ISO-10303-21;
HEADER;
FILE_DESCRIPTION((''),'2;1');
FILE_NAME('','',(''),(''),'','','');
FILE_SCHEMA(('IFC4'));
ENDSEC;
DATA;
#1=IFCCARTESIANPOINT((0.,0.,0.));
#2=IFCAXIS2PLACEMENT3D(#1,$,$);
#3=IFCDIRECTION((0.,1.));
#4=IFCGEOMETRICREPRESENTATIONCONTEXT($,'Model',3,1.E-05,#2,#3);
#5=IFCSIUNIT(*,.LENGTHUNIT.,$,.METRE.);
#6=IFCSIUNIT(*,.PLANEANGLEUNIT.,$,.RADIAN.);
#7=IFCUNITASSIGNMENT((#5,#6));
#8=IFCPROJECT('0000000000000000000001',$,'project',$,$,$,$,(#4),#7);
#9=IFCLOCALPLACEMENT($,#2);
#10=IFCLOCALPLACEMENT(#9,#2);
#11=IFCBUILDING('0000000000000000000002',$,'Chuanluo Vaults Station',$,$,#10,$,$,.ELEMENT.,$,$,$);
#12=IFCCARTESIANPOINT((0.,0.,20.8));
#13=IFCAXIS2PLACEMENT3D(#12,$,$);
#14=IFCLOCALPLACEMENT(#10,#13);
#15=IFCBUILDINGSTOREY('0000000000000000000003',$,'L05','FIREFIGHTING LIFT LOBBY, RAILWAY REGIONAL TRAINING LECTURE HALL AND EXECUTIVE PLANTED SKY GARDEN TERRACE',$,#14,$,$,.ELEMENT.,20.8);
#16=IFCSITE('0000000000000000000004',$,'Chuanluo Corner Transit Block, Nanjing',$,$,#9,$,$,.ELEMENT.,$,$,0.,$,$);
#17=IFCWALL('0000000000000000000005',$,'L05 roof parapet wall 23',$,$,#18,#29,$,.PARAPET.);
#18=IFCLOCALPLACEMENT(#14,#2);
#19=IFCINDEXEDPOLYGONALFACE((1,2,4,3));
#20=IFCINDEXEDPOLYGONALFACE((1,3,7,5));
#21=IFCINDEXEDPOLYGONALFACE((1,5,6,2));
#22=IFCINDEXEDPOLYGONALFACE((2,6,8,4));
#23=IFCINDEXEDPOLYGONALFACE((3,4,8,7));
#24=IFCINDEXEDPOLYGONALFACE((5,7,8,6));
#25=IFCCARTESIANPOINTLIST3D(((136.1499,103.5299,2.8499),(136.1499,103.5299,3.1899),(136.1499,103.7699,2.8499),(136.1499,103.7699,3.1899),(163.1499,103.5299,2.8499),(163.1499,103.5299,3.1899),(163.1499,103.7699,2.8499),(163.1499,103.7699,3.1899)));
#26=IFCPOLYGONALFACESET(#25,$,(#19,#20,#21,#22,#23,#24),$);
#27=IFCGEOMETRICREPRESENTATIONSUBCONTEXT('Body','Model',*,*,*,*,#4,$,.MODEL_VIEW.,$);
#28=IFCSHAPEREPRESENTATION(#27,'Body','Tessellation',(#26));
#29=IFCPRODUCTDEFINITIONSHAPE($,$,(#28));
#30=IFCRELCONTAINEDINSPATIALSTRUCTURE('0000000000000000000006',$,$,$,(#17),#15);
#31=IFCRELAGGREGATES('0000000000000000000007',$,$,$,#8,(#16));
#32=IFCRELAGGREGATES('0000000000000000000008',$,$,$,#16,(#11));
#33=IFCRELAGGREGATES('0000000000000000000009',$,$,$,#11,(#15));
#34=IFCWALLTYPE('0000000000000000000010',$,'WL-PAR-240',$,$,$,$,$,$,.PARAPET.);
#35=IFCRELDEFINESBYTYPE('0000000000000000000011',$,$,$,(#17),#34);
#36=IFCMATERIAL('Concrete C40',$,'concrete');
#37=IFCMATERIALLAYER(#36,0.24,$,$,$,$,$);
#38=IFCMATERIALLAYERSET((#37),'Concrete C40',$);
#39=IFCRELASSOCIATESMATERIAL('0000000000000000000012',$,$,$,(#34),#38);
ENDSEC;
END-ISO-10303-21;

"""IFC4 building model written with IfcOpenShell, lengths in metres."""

from ifc_helpers import new_model, si_unit, direction, frame, frame_2d, origin, place, context, subcontext, project, spatial, rectangle, extrude, material, layer, layer_set, type_object, element, save


model = new_model("IFC4")

# Units and contexts
model_context = context("Model", 3, precision=1e-05, world=origin(), true_north=direction((0.0, 1.0)))
body_context = subcontext(model_context, "Body", "Model", "MODEL_VIEW")
ifc_project = project(units=[si_unit("LENGTHUNIT", "METRE"), si_unit("PLANEANGLEUNIT", "RADIAN")], contexts=[model_context])

# Site, building, storey
site_placement = place(None, origin())
site = spatial("IfcSite", under=ifc_project, at=site_placement, Name="Chuanluo Corner Transit Block, Nanjing", CompositionType="ELEMENT", RefElevation=0.0)
building_placement = place(site_placement, origin())
building = spatial("IfcBuilding", under=site, at=building_placement, Name="Chuanluo Vaults Station", CompositionType="ELEMENT")
storey_placement = place(building_placement, frame((0.0, 0.0, 20.8)))
storey = spatial("IfcBuildingStorey", under=building, at=storey_placement, Name="L05", Description="FIREFIGHTING LIFT LOBBY, RAILWAY REGIONAL TRAINING LECTURE HALL AND EXECUTIVE PLANTED SKY GARDEN TERRACE", CompositionType="ELEMENT", Elevation=20.8)

# Wall
ifc_material_1 = material(Name="Concrete C40", Category="concrete")
ifc_layer_1 = layer(ifc_material_1, 0.24)
ifc_layer_set_1 = layer_set([ifc_layer_1], Name="Concrete C40")
wall_type = type_object("IfcWallType", Name="WL-PAR-240", PredefinedType="PARAPET", material=ifc_layer_set_1)
wall_placement = place(storey_placement, frame((136.1499, 103.6499, 2.8499), z_axis=(0.0, 0.0, 1.0), x_axis=(1.0, 0.0, 0.0)))
element("IfcWall", 1, at=wall_placement, inside=storey, type_object=wall_type, Name="L05 roof parapet wall 23", PredefinedType="PARAPET", context=body_context, shape_type="SweptSolid", body=[
    extrude(rectangle(XDim=27.0, YDim=0.24, at=frame_2d((13.5, 0.0))), origin(), (0.0, 0.0, 1.0), 0.3401),
])

save(model, "model.ifc")
